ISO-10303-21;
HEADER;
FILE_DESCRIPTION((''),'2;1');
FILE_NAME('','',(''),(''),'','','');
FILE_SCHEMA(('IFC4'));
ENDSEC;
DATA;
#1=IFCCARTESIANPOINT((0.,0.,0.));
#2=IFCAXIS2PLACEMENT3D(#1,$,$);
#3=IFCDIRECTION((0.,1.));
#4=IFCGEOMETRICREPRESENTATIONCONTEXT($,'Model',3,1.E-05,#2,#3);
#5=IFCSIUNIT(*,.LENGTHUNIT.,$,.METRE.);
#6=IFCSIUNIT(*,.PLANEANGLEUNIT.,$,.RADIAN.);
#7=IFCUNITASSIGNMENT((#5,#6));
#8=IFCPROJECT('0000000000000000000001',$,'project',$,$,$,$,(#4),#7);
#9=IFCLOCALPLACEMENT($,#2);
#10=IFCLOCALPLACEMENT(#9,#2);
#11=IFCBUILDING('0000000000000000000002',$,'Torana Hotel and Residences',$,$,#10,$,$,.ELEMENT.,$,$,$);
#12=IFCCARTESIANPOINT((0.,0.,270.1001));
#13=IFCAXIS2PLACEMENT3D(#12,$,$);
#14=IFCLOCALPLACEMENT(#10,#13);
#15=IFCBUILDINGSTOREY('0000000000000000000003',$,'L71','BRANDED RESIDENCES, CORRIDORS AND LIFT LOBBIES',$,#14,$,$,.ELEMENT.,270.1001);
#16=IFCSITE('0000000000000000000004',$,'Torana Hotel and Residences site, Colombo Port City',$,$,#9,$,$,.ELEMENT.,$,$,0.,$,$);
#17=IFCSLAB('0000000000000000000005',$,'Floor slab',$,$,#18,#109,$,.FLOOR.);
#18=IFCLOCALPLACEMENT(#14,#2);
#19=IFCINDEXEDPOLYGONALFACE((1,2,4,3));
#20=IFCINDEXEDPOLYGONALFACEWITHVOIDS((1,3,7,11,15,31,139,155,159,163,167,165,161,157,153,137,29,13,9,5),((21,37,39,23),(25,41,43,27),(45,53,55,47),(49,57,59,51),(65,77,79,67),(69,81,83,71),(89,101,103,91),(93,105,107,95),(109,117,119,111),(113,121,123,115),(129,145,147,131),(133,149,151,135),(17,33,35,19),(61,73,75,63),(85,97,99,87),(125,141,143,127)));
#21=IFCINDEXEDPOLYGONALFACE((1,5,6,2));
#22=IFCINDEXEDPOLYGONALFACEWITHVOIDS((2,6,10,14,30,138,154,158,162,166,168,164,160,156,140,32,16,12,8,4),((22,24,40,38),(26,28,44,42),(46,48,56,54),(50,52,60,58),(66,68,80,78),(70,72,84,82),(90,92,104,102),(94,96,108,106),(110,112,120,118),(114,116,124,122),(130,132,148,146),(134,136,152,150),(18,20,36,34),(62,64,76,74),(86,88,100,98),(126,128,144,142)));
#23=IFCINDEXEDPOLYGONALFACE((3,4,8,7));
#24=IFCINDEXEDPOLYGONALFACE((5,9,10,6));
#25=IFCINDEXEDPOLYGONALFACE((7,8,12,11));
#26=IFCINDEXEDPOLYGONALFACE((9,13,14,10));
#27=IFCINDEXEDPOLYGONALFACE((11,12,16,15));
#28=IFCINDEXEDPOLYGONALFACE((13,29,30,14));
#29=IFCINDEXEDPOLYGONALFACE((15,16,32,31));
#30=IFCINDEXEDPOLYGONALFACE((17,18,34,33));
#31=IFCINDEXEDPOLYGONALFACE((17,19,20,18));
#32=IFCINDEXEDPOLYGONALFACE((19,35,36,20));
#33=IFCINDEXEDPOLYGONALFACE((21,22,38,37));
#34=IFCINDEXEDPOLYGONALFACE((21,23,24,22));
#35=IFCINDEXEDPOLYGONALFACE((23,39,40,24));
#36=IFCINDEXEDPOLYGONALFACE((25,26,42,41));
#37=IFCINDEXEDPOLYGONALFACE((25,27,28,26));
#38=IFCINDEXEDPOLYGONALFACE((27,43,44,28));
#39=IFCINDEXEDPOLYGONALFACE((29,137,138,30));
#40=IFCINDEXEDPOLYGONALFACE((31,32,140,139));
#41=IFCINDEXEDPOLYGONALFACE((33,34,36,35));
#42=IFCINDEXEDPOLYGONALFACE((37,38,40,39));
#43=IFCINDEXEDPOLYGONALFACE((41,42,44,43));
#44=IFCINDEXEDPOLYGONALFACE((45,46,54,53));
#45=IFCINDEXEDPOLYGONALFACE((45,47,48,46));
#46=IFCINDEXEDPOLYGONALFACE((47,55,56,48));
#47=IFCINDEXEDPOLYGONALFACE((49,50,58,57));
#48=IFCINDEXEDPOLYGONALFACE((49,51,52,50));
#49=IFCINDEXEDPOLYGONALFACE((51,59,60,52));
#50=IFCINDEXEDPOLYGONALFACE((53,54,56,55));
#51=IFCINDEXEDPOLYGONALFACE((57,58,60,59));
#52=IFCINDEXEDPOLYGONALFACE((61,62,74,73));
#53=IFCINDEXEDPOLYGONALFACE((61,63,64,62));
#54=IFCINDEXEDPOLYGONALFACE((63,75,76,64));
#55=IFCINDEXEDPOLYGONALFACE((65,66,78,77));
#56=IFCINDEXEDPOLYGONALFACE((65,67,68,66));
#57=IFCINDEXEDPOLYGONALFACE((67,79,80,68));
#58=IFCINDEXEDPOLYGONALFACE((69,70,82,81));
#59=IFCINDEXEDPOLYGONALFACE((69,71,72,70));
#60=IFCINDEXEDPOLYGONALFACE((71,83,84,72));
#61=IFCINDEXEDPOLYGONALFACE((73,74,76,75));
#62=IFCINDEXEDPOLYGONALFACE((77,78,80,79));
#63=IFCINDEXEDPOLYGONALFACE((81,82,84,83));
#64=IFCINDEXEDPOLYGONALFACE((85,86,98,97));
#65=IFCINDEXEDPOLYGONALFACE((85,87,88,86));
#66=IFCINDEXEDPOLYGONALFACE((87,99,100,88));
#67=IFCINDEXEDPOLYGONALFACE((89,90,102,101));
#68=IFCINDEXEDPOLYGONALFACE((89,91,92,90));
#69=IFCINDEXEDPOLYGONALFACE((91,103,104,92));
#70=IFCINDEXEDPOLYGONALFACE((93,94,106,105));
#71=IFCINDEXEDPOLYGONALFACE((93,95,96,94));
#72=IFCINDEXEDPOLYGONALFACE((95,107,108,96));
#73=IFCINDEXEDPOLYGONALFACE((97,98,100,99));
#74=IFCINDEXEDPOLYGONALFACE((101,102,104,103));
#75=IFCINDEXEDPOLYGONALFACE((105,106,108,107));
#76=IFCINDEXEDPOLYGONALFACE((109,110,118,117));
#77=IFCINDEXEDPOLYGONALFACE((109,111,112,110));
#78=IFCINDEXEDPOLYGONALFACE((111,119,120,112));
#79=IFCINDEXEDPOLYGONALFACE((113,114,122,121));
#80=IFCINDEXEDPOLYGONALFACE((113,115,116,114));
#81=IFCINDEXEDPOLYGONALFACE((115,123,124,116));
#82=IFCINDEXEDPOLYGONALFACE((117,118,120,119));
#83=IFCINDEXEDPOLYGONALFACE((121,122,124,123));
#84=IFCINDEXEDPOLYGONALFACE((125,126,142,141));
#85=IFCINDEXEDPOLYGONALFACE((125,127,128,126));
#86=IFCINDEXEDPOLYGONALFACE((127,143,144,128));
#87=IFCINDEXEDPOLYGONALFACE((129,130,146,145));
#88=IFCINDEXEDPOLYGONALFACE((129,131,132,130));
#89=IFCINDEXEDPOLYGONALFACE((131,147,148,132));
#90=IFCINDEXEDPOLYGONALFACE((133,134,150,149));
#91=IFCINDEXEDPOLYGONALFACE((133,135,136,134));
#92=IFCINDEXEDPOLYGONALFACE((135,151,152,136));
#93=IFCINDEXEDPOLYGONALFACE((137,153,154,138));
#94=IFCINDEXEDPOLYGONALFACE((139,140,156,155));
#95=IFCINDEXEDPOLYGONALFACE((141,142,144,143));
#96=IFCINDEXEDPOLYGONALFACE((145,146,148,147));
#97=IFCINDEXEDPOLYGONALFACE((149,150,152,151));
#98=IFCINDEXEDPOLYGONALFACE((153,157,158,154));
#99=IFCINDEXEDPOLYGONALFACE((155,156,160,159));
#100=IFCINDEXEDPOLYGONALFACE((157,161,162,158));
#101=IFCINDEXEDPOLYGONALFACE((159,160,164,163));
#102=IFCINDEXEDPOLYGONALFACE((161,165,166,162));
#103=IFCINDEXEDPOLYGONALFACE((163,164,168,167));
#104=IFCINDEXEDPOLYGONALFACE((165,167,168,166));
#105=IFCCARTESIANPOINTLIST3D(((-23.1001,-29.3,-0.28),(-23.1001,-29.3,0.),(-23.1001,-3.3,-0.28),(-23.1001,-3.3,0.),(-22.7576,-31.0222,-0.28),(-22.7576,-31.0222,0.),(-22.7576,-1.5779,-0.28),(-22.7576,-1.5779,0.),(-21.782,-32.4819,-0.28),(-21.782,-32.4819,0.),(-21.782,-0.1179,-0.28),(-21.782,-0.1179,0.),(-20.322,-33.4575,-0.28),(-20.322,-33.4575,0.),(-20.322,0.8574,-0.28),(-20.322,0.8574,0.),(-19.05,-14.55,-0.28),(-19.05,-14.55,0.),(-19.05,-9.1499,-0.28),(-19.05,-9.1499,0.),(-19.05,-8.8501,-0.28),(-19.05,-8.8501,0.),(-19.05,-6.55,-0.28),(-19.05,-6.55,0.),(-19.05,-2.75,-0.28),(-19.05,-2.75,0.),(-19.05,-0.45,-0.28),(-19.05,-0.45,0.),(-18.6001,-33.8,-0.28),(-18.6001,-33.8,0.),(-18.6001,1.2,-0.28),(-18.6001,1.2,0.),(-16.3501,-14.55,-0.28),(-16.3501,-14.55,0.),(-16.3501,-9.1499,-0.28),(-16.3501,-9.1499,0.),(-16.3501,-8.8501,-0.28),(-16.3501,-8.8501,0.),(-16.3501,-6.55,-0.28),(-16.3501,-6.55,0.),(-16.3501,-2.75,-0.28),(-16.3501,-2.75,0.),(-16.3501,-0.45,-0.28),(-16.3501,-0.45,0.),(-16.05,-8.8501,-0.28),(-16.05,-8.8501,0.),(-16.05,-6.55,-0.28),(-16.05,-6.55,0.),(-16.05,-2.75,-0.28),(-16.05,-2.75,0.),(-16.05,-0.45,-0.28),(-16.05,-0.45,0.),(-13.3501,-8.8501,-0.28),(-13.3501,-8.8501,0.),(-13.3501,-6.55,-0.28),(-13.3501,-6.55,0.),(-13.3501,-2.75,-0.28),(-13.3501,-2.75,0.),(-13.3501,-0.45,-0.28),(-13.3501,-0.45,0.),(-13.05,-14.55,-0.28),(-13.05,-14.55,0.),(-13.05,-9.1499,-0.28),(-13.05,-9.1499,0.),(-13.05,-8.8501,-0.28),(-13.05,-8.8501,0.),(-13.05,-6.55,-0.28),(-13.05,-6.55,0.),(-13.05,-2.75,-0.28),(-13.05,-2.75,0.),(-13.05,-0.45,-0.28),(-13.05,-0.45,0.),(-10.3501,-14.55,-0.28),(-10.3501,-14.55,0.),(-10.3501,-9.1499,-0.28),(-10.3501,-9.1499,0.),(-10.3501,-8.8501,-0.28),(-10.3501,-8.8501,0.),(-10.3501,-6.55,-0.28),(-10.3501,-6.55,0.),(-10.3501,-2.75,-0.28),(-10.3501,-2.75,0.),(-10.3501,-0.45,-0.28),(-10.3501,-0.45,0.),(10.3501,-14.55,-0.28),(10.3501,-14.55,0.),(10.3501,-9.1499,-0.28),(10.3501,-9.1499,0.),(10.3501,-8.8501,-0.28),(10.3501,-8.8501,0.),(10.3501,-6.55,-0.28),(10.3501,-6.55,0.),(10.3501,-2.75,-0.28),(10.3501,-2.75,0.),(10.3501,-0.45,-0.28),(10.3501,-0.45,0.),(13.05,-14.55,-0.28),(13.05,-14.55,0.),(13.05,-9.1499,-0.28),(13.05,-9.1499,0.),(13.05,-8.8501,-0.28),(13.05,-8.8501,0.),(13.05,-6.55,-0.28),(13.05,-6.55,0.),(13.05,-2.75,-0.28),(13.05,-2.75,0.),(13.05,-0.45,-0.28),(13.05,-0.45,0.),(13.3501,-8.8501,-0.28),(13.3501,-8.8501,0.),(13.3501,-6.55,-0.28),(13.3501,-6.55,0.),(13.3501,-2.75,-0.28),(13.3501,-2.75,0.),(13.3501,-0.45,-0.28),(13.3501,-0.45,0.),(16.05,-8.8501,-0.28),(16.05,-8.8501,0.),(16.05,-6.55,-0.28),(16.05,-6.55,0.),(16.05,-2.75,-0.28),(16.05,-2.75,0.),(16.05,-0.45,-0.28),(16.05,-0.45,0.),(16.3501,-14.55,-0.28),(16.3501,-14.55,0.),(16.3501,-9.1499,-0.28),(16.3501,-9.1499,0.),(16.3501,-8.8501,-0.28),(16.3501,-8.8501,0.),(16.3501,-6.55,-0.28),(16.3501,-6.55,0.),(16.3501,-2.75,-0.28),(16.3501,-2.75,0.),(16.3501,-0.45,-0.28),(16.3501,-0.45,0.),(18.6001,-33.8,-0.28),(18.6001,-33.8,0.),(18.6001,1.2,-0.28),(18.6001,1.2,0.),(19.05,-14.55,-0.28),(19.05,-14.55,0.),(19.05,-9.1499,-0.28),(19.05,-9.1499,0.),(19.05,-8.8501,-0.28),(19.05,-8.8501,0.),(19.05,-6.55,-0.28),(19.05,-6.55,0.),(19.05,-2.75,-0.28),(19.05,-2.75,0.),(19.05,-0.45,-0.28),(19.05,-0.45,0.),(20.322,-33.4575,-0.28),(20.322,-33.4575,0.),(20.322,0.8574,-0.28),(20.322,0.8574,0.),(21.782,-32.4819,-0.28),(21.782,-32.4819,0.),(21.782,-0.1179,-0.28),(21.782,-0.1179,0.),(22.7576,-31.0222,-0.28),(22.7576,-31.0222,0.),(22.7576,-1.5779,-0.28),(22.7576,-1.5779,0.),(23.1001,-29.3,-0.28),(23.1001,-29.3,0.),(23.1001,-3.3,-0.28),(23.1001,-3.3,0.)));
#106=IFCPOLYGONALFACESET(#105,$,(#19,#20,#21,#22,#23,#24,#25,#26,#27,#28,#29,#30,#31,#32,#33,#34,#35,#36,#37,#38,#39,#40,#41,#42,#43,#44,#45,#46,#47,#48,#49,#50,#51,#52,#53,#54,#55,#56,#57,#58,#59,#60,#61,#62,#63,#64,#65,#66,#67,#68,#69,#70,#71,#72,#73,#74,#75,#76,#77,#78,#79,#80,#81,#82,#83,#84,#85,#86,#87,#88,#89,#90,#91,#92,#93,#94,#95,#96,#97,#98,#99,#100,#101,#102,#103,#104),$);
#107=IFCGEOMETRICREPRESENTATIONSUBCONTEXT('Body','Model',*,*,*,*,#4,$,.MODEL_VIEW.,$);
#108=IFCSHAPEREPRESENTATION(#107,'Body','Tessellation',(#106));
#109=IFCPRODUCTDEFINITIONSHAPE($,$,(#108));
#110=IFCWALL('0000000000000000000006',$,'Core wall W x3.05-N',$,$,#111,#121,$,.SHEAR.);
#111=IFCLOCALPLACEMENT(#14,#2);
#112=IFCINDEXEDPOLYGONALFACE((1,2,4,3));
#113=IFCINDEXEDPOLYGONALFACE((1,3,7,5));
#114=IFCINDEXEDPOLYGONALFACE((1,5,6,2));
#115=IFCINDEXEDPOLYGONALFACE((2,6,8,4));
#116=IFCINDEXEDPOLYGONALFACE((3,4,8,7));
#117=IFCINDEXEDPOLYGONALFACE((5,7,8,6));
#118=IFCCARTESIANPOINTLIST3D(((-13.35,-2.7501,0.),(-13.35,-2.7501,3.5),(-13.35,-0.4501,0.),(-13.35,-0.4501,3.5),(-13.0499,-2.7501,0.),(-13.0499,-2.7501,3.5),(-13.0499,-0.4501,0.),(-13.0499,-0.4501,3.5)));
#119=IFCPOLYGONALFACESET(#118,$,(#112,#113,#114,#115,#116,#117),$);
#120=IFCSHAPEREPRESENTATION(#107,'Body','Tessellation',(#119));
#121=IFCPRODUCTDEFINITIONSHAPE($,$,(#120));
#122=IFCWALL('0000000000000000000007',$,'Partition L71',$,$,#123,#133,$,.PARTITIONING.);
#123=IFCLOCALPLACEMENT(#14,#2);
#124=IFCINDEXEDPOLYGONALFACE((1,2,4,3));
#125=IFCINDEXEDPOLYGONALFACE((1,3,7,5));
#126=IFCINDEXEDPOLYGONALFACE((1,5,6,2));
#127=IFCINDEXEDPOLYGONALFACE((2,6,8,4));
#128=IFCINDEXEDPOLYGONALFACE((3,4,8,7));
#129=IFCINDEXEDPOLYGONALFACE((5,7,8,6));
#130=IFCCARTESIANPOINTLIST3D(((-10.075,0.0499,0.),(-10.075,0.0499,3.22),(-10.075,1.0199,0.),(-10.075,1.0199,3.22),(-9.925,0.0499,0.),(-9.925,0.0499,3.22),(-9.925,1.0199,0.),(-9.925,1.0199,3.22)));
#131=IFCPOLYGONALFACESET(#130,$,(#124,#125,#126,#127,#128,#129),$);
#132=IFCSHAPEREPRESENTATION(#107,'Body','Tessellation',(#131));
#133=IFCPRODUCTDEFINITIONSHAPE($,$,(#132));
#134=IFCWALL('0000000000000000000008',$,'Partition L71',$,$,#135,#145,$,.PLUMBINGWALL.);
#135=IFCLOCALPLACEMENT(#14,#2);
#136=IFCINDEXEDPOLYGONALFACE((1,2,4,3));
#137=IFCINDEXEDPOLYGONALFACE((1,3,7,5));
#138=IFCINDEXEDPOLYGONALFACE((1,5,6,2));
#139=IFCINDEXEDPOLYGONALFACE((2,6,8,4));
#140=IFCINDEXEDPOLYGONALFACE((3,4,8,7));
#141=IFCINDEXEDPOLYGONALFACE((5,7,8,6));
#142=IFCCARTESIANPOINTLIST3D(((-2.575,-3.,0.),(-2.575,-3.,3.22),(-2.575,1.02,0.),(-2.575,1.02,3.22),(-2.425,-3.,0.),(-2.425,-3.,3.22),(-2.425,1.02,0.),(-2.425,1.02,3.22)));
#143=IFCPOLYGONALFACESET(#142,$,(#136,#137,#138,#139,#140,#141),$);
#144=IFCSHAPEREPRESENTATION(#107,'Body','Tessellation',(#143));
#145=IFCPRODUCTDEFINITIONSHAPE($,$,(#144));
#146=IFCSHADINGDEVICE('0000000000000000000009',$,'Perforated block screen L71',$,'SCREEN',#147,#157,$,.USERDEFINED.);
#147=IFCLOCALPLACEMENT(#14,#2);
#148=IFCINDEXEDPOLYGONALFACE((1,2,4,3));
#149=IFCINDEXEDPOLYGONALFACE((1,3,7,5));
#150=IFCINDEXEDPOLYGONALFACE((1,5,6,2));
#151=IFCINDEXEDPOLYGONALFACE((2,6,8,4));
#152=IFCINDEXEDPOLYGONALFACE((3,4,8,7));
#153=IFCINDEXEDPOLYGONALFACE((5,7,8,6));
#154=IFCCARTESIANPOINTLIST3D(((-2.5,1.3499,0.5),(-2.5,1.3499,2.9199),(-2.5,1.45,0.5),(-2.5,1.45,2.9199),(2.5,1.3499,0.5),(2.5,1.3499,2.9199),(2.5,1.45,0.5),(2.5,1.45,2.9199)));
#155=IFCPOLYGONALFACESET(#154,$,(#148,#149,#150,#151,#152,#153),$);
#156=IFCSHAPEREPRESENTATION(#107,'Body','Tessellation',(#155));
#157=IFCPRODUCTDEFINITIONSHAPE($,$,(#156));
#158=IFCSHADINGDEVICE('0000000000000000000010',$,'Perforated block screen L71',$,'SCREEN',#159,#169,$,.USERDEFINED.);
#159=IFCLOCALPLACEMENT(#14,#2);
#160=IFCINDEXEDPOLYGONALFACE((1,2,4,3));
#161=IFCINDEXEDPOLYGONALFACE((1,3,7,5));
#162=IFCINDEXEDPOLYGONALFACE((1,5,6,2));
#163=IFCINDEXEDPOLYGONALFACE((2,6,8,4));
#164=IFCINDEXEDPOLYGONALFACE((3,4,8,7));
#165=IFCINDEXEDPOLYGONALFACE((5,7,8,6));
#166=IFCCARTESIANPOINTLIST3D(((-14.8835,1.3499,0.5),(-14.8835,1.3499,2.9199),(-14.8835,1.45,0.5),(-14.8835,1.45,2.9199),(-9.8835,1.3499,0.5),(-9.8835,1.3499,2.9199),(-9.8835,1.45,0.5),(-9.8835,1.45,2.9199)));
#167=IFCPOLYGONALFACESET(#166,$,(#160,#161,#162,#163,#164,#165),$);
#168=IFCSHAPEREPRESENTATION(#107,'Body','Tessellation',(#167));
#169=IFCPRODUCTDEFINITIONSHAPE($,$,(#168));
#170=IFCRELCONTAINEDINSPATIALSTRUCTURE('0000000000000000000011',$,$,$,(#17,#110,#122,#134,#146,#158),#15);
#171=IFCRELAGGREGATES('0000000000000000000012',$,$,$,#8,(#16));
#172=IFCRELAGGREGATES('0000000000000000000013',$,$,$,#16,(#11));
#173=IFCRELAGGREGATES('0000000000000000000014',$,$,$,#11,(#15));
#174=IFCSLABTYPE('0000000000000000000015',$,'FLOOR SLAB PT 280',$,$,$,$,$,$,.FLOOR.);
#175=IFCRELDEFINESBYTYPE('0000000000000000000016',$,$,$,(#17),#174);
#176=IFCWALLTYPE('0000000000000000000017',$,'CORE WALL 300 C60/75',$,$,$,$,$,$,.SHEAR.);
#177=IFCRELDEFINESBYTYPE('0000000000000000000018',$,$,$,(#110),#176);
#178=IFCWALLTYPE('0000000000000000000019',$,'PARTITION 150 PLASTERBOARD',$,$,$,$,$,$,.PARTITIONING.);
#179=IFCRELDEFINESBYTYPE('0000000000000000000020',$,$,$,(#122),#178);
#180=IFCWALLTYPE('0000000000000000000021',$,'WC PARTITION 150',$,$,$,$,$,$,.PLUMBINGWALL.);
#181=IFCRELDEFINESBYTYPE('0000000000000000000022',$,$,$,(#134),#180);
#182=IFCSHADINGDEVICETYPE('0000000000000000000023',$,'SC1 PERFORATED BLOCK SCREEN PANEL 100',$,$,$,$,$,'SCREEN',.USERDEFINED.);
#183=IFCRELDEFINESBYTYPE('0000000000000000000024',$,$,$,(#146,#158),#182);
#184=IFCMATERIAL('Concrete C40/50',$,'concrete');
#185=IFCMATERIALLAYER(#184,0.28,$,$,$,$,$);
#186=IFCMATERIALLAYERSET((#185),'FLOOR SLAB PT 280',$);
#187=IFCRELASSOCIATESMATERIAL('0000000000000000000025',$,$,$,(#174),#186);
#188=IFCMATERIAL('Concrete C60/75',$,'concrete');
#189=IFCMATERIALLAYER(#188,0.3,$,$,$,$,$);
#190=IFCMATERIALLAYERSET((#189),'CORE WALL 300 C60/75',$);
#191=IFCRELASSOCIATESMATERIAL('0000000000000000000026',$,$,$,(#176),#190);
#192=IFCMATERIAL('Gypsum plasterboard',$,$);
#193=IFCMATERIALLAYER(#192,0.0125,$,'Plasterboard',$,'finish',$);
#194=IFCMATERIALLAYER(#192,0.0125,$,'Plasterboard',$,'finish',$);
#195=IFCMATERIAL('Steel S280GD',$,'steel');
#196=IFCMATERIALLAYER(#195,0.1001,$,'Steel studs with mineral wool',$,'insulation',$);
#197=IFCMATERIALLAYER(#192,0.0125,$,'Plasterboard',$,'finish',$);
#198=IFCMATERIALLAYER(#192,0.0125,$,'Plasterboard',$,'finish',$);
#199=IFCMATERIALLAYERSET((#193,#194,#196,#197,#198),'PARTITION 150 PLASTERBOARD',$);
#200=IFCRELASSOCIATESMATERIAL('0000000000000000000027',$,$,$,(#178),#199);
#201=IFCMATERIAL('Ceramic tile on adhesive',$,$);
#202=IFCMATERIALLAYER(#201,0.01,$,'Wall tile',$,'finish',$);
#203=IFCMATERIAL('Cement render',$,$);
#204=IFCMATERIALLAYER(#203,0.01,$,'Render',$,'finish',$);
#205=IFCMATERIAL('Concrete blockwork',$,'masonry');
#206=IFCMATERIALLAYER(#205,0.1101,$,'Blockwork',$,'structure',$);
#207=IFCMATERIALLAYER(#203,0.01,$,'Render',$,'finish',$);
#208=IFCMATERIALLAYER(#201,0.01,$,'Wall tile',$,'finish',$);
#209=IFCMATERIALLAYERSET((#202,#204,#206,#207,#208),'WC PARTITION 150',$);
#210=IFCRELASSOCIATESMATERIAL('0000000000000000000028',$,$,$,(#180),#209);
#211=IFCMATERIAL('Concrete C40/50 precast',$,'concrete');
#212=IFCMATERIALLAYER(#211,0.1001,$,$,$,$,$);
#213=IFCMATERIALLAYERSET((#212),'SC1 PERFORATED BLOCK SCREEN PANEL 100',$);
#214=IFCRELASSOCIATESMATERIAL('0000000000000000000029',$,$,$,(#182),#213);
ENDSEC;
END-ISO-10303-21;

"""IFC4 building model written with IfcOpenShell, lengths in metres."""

from ifc_helpers import new_model, si_unit, direction, frame, frame_2d, origin, origin_2d, place, context, subcontext, project, spatial, polyline, rectangle, outline, extrude, material, layer, layer_set, type_object, element, save


model = new_model("IFC4")

# Units and contexts
model_context = context("Model", 3, precision=1e-05, world=origin(), true_north=direction((0.0, 1.0)))
body_context = subcontext(model_context, "Body", "Model", "MODEL_VIEW")
ifc_project = project(units=[si_unit("LENGTHUNIT", "METRE"), si_unit("PLANEANGLEUNIT", "RADIAN")], contexts=[model_context])

# Site, building, storey
site_placement = place(None, origin())
site = spatial("IfcSite", under=ifc_project, at=site_placement, Name="Torana Hotel and Residences site, Colombo Port City", CompositionType="ELEMENT", RefElevation=0.0)
building_placement = place(site_placement, origin())
building = spatial("IfcBuilding", under=site, at=building_placement, Name="Torana Hotel and Residences", CompositionType="ELEMENT")
storey_placement = place(building_placement, frame((0.0, 0.0, 270.1001)))
storey = spatial("IfcBuildingStorey", under=building, at=storey_placement, Name="L71", Description="BRANDED RESIDENCES, CORRIDORS AND LIFT LOBBIES", CompositionType="ELEMENT", Elevation=270.1001)

# Slab
ifc_material_1 = material(Name="Concrete C40/50", Category="concrete")
ifc_layer_1 = layer(ifc_material_1, 0.28)
ifc_layer_set_1 = layer_set([ifc_layer_1], Name="FLOOR SLAB PT 280")
slab_type_1 = type_object("IfcSlabType", Name="FLOOR SLAB PT 280", PredefinedType="FLOOR", material=ifc_layer_set_1)
slab_1_placement = place(storey_placement, frame((0.0, 0.0, -0.28)))
element("IfcSlab", 1, at=slab_1_placement, inside=storey, type_object=slab_type_1, Name="Floor slab", PredefinedType="FLOOR", context=body_context, shape_type="SweptSolid", body=[
    extrude(outline(polyline([(23.1001, -3.3), (22.7576, -1.5779), (21.782, -0.1179), (20.322, 0.8574), (18.6001, 1.2), (-18.6001, 1.2), (-20.322, 0.8574), (-21.782, -0.1179), (-22.7576, -1.5779), (-23.1001, -3.3), (-23.1001, -29.3), (-22.7576, -31.0222), (-21.782, -32.4819), (-20.322, -33.4575), (-18.6001, -33.8), (18.6001, -33.8), (20.322, -33.4575), (21.782, -32.4819), (22.7576, -31.0222), (23.1001, -29.3), (23.1001, -3.3)]), holes=[polyline([(-13.05, -14.55), (-10.3501, -14.55), (-10.3501, -9.1499), (-13.05, -9.1499), (-13.05, -14.55)]), polyline([(-19.05, -14.55), (-16.3501, -14.55), (-16.3501, -9.1499), (-19.05, -9.1499), (-19.05, -14.55)]), polyline([(-19.05, -2.75), (-16.3501, -2.75), (-16.3501, -0.45), (-19.05, -0.45), (-19.05, -2.75)]), polyline([(-13.05, -2.75), (-10.3501, -2.75), (-10.3501, -0.45), (-13.05, -0.45), (-13.05, -2.75)]), polyline([(-16.05, -2.75), (-13.3501, -2.75), (-13.3501, -0.45), (-16.05, -0.45), (-16.05, -2.75)]), polyline([(-13.05, -8.8501), (-10.3501, -8.8501), (-10.3501, -6.55), (-13.05, -6.55), (-13.05, -8.8501)]), polyline([(-16.05, -8.8501), (-13.3501, -8.8501), (-13.3501, -6.55), (-16.05, -6.55), (-16.05, -8.8501)]), polyline([(-19.05, -8.8501), (-16.3501, -8.8501), (-16.3501, -6.55), (-19.05, -6.55), (-19.05, -8.8501)]), polyline([(10.3501, -14.55), (13.05, -14.55), (13.05, -9.1499), (10.3501, -9.1499), (10.3501, -14.55)]), polyline([(16.3501, -14.55), (19.05, -14.55), (19.05, -9.1499), (16.3501, -9.1499), (16.3501, -14.55)]), polyline([(16.3501, -2.75), (19.05, -2.75), (19.05, -0.45), (16.3501, -0.45), (16.3501, -2.75)]), polyline([(10.3501, -2.75), (13.05, -2.75), (13.05, -0.45), (10.3501, -0.45), (10.3501, -2.75)]), polyline([(13.3501, -2.75), (16.05, -2.75), (16.05, -0.45), (13.3501, -0.45), (13.3501, -2.75)]), polyline([(10.3501, -8.8501), (13.05, -8.8501), (13.05, -6.55), (10.3501, -6.55), (10.3501, -8.8501)]), polyline([(13.3501, -8.8501), (16.05, -8.8501), (16.05, -6.55), (13.3501, -6.55), (13.3501, -8.8501)]), polyline([(16.3501, -8.8501), (19.05, -8.8501), (19.05, -6.55), (16.3501, -6.55), (16.3501, -8.8501)])]), origin(), (0.0, 0.0, 1.0), 0.28),
])

# Walls
ifc_material_2 = material(Name="Concrete C60/75", Category="concrete")
ifc_layer_2 = layer(ifc_material_2, 0.3)
ifc_layer_set_2 = layer_set([ifc_layer_2], Name="CORE WALL 300 C60/75")
wall_type_1 = type_object("IfcWallType", Name="CORE WALL 300 C60/75", PredefinedType="SHEAR", material=ifc_layer_set_2)
wall_1_placement = place(storey_placement, frame((-13.2, -2.75, 0.0), z_axis=(0.0, 0.0, 1.0), x_axis=(0.0, 1.0, 0.0)))
element("IfcWall", 2, at=wall_1_placement, inside=storey, type_object=wall_type_1, Name="Core wall W x3.05-N", PredefinedType="SHEAR", context=body_context, shape_type="SweptSolid", body=[
    extrude(rectangle(XDim=2.3, YDim=0.3, at=frame_2d((1.1499, 0.0))), origin(), (0.0, 0.0, 1.0), 3.5),
])
ifc_material_3 = material(Name="Gypsum plasterboard")
ifc_layer_3 = layer(ifc_material_3, 0.0125, Name="Plasterboard", Category="finish")
ifc_layer_4 = layer(ifc_material_3, 0.0125, Name="Plasterboard", Category="finish")
ifc_material_4 = material(Name="Steel S280GD", Category="steel")
ifc_layer_5 = layer(ifc_material_4, 0.1001, Name="Steel studs with mineral wool", Category="insulation")
ifc_layer_6 = layer(ifc_material_3, 0.0125, Name="Plasterboard", Category="finish")
ifc_layer_7 = layer(ifc_material_3, 0.0125, Name="Plasterboard", Category="finish")
ifc_layer_set_3 = layer_set([ifc_layer_3, ifc_layer_4, ifc_layer_5, ifc_layer_6, ifc_layer_7], Name="PARTITION 150 PLASTERBOARD")
wall_type_2 = type_object("IfcWallType", Name="PARTITION 150 PLASTERBOARD", PredefinedType="PARTITIONING", material=ifc_layer_set_3)
wall_2_placement = place(storey_placement, frame((-10.0, 0.05, 0.0), z_axis=(0.0, 0.0, 1.0), x_axis=(0.0, 1.0, 0.0)))
element("IfcWall", 3, at=wall_2_placement, inside=storey, type_object=wall_type_2, Name="Partition L71", PredefinedType="PARTITIONING", context=body_context, shape_type="SweptSolid", body=[
    extrude(rectangle(XDim=0.97, YDim=0.1499, at=frame_2d((0.4849, 0.0))), origin(), (0.0, 0.0, 1.0), 3.22),
])
ifc_material_5 = material(Name="Ceramic tile on adhesive")
ifc_layer_8 = layer(ifc_material_5, 0.01, Name="Wall tile", Category="finish")
ifc_material_6 = material(Name="Cement render")
ifc_layer_9 = layer(ifc_material_6, 0.01, Name="Render", Category="finish")
ifc_material_7 = material(Name="Concrete blockwork", Category="masonry")
ifc_layer_10 = layer(ifc_material_7, 0.1101, Name="Blockwork", Category="structure")
ifc_layer_11 = layer(ifc_material_6, 0.01, Name="Render", Category="finish")
ifc_layer_12 = layer(ifc_material_5, 0.01, Name="Wall tile", Category="finish")
ifc_layer_set_4 = layer_set([ifc_layer_8, ifc_layer_9, ifc_layer_10, ifc_layer_11, ifc_layer_12], Name="WC PARTITION 150")
wall_type_3 = type_object("IfcWallType", Name="WC PARTITION 150", PredefinedType="PLUMBINGWALL", material=ifc_layer_set_4)
wall_3_placement = place(storey_placement, frame((-2.5, -3.0, 0.0), z_axis=(0.0, 0.0, 1.0), x_axis=(0.0, 1.0, 0.0)))
element("IfcWall", 4, at=wall_3_placement, inside=storey, type_object=wall_type_3, Name="Partition L71", PredefinedType="PLUMBINGWALL", context=body_context, shape_type="SweptSolid", body=[
    extrude(rectangle(XDim=4.02, YDim=0.1499, at=frame_2d((2.01, 0.0))), origin(), (0.0, 0.0, 1.0), 3.22),
])

# Shading devices
ifc_material_8 = material(Name="Concrete C40/50 precast", Category="concrete")
ifc_layer_13 = layer(ifc_material_8, 0.1001)
ifc_layer_set_5 = layer_set([ifc_layer_13], Name="SC1 PERFORATED BLOCK SCREEN PANEL 100")
shading_device_type = type_object("IfcShadingDeviceType", Name="SC1 PERFORATED BLOCK SCREEN PANEL 100", ElementType="SCREEN", PredefinedType="USERDEFINED", material=ifc_layer_set_5)
for number, where, z_axis, x_axis, name in (
    (5, (0.0, 1.3999, 0.5), (0.0, 0.0, 1.0), (-1.0, 0.0, 0.0), "Perforated block screen L71"),
    (6, (-12.3835, 1.3999, 0.5), (0.0, 0.0, 1.0), (-1.0, 0.0, 0.0), "Perforated block screen L71"),
):
    element("IfcShadingDevice", number, at=place(storey_placement, frame(where, z_axis=z_axis, x_axis=x_axis)), inside=storey, type_object=shading_device_type, Name=name, ObjectType="SCREEN", PredefinedType="USERDEFINED", context=body_context, shape_type="SweptSolid", body=[
        extrude(rectangle(XDim=5.0, YDim=0.1001, at=origin_2d()), origin(), (0.0, 0.0, 1.0), 2.4199),
    ])

save(model, "model.ifc")
